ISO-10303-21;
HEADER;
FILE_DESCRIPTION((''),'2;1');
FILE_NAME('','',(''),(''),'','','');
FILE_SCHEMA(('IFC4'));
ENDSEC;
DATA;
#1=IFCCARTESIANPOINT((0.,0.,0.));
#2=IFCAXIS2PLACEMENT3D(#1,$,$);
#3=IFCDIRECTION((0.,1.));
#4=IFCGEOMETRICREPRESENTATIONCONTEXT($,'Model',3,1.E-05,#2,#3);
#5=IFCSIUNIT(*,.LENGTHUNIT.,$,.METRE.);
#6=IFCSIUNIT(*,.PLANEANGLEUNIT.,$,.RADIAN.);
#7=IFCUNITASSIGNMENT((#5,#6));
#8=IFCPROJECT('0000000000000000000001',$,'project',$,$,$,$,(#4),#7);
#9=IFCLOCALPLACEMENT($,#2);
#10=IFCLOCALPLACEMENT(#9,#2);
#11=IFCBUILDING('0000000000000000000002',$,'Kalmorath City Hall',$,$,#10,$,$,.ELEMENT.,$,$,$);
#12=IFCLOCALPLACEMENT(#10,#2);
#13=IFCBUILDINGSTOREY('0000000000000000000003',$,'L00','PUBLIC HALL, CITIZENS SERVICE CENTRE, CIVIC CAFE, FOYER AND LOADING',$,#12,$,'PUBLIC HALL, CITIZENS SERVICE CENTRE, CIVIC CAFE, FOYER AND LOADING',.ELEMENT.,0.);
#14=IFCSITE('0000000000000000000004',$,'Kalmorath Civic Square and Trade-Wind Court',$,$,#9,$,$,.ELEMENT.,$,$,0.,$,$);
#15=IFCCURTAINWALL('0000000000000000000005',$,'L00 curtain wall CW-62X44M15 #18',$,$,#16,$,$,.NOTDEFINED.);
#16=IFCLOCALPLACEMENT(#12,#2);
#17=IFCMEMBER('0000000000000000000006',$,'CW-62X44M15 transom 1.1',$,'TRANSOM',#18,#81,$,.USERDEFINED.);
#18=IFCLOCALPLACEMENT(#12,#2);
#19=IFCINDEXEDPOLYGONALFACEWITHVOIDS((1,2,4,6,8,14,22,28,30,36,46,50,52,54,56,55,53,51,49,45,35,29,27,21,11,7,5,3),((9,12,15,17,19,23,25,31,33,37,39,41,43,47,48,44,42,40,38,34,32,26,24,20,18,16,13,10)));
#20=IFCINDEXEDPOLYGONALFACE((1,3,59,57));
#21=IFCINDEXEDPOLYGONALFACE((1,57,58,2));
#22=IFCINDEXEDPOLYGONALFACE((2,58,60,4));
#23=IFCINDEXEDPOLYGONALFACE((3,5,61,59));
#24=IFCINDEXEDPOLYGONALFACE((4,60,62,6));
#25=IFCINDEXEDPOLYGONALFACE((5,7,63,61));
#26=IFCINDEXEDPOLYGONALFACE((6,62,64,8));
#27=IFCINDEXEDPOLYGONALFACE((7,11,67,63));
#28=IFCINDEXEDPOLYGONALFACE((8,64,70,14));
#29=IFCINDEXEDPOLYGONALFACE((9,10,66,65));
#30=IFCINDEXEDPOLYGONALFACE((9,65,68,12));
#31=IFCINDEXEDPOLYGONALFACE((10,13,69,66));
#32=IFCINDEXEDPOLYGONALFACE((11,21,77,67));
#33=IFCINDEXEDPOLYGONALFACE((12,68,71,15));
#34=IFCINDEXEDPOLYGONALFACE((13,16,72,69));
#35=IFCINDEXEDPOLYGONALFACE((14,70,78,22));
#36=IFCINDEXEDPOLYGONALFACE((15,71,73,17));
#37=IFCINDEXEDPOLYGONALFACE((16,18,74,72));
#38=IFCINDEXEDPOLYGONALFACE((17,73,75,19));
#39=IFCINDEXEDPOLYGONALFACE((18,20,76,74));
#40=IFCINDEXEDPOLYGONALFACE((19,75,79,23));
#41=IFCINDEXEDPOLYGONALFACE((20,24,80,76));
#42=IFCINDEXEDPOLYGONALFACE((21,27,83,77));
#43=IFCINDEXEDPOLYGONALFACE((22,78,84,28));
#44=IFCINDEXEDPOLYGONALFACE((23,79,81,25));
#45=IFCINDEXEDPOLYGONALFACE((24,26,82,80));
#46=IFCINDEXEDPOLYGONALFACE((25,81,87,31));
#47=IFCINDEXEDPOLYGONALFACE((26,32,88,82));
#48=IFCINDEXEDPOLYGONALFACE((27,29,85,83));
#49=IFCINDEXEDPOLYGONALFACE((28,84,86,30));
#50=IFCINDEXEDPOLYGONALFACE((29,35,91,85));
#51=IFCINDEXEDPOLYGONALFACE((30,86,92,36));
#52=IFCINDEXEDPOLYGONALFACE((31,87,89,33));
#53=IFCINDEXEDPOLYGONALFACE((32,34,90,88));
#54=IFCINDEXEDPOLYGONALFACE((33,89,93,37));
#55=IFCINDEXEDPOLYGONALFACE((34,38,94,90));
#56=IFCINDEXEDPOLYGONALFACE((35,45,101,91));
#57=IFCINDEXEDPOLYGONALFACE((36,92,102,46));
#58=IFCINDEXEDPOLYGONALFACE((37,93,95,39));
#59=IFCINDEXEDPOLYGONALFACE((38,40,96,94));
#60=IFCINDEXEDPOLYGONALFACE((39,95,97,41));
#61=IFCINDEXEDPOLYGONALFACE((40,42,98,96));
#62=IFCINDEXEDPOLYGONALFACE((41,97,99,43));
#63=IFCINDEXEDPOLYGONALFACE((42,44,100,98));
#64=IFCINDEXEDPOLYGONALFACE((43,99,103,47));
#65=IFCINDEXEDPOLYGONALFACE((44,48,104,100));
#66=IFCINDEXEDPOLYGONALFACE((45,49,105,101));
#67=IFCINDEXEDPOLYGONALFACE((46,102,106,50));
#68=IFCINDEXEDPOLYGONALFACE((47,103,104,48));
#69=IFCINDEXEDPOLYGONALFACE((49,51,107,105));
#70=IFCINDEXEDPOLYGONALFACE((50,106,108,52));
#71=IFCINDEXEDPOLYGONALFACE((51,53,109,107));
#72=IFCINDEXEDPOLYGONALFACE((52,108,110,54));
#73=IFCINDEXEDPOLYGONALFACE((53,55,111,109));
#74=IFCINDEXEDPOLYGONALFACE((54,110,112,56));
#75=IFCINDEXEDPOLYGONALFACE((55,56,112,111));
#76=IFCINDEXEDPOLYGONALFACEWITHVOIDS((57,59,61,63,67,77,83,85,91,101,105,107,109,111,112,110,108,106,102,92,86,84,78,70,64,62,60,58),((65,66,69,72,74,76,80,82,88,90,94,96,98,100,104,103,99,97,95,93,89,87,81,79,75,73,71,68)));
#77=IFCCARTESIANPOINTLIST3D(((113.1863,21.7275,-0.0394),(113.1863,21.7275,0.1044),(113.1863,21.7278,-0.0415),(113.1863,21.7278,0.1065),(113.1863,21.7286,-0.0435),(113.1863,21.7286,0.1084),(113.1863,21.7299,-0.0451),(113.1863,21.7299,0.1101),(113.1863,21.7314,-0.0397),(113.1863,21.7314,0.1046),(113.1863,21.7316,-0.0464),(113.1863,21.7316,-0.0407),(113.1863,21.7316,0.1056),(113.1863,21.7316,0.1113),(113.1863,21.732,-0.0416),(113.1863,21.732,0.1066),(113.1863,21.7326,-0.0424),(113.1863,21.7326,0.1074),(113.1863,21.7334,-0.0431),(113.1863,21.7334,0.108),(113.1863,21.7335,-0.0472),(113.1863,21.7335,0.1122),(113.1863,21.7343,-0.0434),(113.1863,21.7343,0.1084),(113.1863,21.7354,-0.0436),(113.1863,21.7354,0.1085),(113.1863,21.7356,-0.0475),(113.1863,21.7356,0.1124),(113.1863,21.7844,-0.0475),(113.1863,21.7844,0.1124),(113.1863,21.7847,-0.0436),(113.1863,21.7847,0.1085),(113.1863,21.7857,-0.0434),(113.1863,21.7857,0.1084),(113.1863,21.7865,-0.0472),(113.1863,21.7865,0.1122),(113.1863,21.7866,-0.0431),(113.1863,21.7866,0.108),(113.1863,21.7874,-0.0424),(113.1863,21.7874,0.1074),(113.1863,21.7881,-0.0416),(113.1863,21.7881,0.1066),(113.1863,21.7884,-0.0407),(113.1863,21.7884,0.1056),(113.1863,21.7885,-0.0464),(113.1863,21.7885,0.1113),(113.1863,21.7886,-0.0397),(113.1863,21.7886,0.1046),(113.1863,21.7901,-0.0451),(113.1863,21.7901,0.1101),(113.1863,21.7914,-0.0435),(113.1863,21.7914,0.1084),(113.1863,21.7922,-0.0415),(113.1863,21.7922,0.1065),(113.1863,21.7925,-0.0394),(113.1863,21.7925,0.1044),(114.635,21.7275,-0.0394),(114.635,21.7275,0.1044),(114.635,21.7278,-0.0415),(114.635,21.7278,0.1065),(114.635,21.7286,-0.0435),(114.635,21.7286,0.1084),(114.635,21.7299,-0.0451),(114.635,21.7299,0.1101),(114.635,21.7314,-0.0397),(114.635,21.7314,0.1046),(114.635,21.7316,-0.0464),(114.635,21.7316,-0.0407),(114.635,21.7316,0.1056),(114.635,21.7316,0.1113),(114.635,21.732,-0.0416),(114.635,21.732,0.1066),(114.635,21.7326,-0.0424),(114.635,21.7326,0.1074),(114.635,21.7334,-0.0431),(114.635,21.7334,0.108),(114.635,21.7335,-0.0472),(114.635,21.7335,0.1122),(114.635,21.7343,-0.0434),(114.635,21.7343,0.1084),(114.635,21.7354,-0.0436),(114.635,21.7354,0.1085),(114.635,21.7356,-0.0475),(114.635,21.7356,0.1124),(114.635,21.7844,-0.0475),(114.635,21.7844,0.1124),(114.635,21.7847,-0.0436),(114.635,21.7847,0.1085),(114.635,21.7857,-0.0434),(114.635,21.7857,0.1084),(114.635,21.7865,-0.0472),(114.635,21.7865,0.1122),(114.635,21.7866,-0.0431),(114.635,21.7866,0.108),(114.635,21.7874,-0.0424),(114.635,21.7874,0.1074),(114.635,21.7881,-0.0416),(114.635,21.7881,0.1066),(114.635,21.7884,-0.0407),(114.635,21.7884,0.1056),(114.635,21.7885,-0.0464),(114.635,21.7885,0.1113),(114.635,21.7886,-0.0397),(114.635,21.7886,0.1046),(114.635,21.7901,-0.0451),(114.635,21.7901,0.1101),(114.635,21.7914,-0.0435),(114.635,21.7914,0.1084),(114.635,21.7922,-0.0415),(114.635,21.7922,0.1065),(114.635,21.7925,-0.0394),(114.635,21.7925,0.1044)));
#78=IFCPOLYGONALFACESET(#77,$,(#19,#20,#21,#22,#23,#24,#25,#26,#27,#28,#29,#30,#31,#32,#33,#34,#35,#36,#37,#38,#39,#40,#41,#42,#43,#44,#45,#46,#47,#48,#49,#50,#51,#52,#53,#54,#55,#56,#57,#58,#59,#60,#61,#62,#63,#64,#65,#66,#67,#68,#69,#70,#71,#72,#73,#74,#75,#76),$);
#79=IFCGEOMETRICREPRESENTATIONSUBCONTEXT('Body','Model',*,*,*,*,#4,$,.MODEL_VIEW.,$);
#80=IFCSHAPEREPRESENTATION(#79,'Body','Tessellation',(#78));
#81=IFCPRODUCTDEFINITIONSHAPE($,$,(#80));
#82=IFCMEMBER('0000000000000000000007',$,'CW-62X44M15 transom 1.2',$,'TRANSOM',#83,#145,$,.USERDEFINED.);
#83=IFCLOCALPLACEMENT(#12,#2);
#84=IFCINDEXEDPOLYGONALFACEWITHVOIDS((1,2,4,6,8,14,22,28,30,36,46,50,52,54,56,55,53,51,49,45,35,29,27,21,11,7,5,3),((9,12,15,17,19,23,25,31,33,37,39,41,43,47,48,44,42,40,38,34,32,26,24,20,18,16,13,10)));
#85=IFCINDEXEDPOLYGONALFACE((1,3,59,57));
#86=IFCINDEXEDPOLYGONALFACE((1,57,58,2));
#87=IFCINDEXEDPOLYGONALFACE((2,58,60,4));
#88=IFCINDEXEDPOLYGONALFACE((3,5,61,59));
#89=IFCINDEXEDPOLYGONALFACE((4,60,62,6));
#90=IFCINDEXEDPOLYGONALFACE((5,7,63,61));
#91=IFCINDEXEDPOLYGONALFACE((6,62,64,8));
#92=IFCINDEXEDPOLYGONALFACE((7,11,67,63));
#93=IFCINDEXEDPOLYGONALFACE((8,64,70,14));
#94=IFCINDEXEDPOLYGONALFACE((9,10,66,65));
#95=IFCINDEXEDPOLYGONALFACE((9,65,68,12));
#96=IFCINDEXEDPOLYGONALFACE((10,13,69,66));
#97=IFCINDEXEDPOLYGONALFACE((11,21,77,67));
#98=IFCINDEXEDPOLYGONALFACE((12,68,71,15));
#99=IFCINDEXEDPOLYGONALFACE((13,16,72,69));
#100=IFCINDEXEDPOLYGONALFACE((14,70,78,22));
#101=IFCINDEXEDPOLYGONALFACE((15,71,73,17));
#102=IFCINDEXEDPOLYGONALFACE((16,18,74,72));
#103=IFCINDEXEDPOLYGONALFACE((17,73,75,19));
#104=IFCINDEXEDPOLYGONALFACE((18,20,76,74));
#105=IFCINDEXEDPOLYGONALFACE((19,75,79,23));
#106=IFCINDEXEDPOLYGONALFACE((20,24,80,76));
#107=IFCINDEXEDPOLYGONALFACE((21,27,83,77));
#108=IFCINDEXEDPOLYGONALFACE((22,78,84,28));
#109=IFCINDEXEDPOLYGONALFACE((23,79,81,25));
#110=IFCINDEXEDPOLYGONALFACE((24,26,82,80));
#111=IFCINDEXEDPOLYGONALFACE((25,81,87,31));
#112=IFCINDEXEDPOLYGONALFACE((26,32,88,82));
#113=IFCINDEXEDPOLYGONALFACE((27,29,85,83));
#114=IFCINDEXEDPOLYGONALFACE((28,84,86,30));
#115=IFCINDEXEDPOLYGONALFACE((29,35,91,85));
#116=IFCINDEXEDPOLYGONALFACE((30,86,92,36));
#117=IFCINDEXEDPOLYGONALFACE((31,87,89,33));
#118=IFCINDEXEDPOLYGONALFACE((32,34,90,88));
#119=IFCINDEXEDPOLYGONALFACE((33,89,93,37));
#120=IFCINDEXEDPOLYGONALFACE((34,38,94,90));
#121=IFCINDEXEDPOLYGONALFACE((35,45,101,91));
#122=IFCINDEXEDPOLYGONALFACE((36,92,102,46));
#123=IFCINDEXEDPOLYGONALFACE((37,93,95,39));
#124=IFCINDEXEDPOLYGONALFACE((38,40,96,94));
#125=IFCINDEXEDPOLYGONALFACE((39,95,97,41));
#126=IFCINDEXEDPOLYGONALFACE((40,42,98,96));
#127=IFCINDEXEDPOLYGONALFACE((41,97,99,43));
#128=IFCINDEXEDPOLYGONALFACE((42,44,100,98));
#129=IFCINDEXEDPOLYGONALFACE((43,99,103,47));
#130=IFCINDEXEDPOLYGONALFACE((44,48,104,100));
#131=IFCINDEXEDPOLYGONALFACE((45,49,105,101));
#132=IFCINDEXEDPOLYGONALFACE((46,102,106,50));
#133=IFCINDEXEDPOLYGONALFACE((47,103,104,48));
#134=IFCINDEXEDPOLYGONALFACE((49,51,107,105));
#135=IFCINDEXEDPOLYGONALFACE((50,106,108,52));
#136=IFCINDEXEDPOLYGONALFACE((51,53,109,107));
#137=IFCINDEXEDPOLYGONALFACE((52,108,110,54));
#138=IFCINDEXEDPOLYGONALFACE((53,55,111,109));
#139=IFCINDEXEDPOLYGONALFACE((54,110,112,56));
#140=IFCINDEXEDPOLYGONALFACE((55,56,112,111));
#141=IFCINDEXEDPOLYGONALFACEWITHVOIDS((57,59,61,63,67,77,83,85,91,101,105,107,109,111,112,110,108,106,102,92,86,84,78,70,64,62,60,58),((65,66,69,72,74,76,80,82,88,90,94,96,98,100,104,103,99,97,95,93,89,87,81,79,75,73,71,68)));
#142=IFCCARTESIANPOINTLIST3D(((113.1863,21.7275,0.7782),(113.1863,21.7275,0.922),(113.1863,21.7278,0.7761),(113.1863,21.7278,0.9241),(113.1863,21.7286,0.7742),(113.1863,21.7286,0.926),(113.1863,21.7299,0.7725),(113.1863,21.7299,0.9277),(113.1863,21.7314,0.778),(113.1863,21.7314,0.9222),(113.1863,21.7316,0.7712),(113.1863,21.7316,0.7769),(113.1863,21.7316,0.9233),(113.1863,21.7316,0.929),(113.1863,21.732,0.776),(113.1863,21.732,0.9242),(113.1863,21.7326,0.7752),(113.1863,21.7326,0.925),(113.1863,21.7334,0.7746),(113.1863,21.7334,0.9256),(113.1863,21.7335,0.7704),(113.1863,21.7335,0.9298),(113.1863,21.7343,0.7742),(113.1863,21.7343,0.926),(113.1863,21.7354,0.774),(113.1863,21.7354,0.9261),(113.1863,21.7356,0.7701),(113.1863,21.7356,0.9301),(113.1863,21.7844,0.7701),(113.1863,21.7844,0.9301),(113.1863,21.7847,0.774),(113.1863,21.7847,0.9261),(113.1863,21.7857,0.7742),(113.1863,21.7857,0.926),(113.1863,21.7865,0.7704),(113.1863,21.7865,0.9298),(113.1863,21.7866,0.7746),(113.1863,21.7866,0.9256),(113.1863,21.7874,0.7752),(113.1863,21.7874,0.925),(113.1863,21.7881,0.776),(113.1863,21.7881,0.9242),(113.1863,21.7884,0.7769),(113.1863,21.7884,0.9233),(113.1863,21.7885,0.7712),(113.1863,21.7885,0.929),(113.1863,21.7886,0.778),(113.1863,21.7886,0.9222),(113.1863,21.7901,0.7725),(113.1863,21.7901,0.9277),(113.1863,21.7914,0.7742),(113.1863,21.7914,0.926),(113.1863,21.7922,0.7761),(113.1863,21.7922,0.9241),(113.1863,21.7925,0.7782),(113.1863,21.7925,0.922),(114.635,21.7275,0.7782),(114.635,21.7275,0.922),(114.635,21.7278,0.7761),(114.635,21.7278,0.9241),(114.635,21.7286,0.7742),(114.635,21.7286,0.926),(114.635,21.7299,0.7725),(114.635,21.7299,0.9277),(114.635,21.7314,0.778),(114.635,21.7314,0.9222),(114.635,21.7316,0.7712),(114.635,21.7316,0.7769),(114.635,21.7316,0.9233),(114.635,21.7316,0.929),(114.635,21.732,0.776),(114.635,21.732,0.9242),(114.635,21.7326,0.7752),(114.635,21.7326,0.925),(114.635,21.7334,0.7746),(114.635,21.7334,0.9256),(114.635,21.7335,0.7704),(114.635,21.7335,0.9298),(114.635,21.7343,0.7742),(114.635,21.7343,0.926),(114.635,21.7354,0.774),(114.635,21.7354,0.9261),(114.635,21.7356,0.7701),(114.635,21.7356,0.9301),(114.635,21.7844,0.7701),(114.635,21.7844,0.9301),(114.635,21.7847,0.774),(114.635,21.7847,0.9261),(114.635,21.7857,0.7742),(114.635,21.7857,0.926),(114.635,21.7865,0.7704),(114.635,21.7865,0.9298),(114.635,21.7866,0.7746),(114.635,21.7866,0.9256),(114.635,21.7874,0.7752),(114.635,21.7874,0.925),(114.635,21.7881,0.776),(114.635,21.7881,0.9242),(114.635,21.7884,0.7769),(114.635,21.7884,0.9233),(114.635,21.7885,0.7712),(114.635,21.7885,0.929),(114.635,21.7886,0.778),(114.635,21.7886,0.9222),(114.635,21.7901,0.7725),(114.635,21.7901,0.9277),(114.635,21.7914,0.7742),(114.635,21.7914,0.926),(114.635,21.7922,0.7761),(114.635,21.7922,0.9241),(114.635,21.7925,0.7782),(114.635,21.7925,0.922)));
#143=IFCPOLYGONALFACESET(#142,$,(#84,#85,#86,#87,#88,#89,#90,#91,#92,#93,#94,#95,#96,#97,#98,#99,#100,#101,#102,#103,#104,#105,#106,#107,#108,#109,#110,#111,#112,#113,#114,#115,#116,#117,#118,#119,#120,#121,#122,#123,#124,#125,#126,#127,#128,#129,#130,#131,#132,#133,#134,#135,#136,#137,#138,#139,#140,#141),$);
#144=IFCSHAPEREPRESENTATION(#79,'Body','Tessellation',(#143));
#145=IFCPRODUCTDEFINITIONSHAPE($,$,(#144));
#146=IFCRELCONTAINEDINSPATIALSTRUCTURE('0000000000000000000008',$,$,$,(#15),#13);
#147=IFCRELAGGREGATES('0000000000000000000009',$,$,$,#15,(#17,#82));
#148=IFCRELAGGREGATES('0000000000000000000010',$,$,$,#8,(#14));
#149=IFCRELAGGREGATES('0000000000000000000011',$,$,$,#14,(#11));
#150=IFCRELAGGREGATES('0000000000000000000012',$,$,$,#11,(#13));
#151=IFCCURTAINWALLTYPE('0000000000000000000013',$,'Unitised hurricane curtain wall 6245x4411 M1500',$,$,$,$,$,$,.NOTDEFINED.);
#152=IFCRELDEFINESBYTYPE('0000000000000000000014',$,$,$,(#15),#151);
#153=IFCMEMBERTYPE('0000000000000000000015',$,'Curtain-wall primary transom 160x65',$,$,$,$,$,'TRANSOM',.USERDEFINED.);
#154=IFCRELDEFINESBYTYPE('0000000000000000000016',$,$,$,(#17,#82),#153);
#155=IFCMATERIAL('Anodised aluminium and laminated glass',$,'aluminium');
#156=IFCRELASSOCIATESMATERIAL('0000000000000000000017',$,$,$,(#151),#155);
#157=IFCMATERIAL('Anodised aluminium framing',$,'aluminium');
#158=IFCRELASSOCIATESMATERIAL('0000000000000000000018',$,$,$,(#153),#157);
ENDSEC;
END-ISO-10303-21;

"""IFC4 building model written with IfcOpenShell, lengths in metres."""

from ifc_helpers import new_model, si_unit, direction, frame, origin, origin_2d, place, context, subcontext, project, spatial, hollow_rectangle, extrude, material, material_profile, profile_set, type_object, element, aggregate, save


model = new_model("IFC4")

# Units and contexts
model_context = context("Model", 3, precision=1e-05, world=origin(), true_north=direction((0.0, 1.0)))
body_context = subcontext(model_context, "Body", "Model", "MODEL_VIEW")
ifc_project = project(units=[si_unit("LENGTHUNIT", "METRE"), si_unit("PLANEANGLEUNIT", "RADIAN")], contexts=[model_context])

# Site, building, storey
site_placement = place(None, origin())
site = spatial("IfcSite", under=ifc_project, at=site_placement, Name="Kalmorath Civic Square and Trade-Wind Court", CompositionType="ELEMENT", RefElevation=0.0)
building_placement = place(site_placement, origin())
building = spatial("IfcBuilding", under=site, at=building_placement, Name="Kalmorath City Hall", CompositionType="ELEMENT")
storey_placement = place(building_placement, origin())
storey = spatial("IfcBuildingStorey", under=building, at=storey_placement, Name="L00", Description="PUBLIC HALL, CITIZENS SERVICE CENTRE, CIVIC CAFE, FOYER AND LOADING", LongName="PUBLIC HALL, CITIZENS SERVICE CENTRE, CIVIC CAFE, FOYER AND LOADING", CompositionType="ELEMENT", Elevation=0.0)

# Curtain wall, members
ifc_material_1 = material(Name="Anodised aluminium and laminated glass", Category="aluminium")
curtain_wall_type = type_object("IfcCurtainWallType", Name="Unitised hurricane curtain wall 6245x4411 M1500", PredefinedType="NOTDEFINED", material=ifc_material_1)
curtain_wall_placement = place(storey_placement, origin())
curtain_wall = element("IfcCurtainWall", 1, at=curtain_wall_placement, inside=storey, type_object=curtain_wall_type, Name="L00 curtain wall CW-62X44M15 #18", PredefinedType="NOTDEFINED")
ifc_material_2 = material(Name="Anodised aluminium framing", Category="aluminium")
ifc_material_profile_1 = material_profile(ifc_material_2, hollow_rectangle(XDim=0.0649, YDim=0.1599, WallThickness=0.0039, InnerFilletRadius=0.0039, OuterFilletRadius=0.0081, at=origin_2d()), Name="ALU-TRN-160X65X4")
ifc_profile_set_1 = profile_set([ifc_material_profile_1], Name="Anodised aluminium framing")
member_type_1 = type_object("IfcMemberType", Name="Curtain-wall primary transom 160x65", ElementType="TRANSOM", PredefinedType="USERDEFINED", material=ifc_profile_set_1)
member_1_placement = place(storey_placement, frame((114.635, 21.76, 0.0325), z_axis=(-1.0, 0.0, 0.0), x_axis=(0.0, -1.0, 0.0)))
member_1 = element("IfcMember", 2, at=member_1_placement, type_object=member_type_1, Name="CW-62X44M15 transom 1.1", ObjectType="TRANSOM", PredefinedType="USERDEFINED", context=body_context, shape_type="SweptSolid", body=[
    extrude(hollow_rectangle(XDim=0.0649, YDim=0.1599, WallThickness=0.0039, InnerFilletRadius=0.0039, OuterFilletRadius=0.0081, at=origin_2d()), origin(), (0.0, 0.0, 1.0), 1.4487),
])
member_2_placement = place(storey_placement, frame((114.635, 21.76, 0.8501), z_axis=(-1.0, 0.0, 0.0), x_axis=(0.0, -1.0, 0.0)))
member_2 = element("IfcMember", 3, at=member_2_placement, type_object=member_type_1, Name="CW-62X44M15 transom 1.2", ObjectType="TRANSOM", PredefinedType="USERDEFINED", context=body_context, shape_type="SweptSolid", body=[
    extrude(hollow_rectangle(XDim=0.0649, YDim=0.1599, WallThickness=0.0039, InnerFilletRadius=0.0039, OuterFilletRadius=0.0081, at=origin_2d()), origin(), (0.0, 0.0, 1.0), 1.4487),
])

aggregate(curtain_wall, [member_1, member_2])

save(model, "model.ifc")
